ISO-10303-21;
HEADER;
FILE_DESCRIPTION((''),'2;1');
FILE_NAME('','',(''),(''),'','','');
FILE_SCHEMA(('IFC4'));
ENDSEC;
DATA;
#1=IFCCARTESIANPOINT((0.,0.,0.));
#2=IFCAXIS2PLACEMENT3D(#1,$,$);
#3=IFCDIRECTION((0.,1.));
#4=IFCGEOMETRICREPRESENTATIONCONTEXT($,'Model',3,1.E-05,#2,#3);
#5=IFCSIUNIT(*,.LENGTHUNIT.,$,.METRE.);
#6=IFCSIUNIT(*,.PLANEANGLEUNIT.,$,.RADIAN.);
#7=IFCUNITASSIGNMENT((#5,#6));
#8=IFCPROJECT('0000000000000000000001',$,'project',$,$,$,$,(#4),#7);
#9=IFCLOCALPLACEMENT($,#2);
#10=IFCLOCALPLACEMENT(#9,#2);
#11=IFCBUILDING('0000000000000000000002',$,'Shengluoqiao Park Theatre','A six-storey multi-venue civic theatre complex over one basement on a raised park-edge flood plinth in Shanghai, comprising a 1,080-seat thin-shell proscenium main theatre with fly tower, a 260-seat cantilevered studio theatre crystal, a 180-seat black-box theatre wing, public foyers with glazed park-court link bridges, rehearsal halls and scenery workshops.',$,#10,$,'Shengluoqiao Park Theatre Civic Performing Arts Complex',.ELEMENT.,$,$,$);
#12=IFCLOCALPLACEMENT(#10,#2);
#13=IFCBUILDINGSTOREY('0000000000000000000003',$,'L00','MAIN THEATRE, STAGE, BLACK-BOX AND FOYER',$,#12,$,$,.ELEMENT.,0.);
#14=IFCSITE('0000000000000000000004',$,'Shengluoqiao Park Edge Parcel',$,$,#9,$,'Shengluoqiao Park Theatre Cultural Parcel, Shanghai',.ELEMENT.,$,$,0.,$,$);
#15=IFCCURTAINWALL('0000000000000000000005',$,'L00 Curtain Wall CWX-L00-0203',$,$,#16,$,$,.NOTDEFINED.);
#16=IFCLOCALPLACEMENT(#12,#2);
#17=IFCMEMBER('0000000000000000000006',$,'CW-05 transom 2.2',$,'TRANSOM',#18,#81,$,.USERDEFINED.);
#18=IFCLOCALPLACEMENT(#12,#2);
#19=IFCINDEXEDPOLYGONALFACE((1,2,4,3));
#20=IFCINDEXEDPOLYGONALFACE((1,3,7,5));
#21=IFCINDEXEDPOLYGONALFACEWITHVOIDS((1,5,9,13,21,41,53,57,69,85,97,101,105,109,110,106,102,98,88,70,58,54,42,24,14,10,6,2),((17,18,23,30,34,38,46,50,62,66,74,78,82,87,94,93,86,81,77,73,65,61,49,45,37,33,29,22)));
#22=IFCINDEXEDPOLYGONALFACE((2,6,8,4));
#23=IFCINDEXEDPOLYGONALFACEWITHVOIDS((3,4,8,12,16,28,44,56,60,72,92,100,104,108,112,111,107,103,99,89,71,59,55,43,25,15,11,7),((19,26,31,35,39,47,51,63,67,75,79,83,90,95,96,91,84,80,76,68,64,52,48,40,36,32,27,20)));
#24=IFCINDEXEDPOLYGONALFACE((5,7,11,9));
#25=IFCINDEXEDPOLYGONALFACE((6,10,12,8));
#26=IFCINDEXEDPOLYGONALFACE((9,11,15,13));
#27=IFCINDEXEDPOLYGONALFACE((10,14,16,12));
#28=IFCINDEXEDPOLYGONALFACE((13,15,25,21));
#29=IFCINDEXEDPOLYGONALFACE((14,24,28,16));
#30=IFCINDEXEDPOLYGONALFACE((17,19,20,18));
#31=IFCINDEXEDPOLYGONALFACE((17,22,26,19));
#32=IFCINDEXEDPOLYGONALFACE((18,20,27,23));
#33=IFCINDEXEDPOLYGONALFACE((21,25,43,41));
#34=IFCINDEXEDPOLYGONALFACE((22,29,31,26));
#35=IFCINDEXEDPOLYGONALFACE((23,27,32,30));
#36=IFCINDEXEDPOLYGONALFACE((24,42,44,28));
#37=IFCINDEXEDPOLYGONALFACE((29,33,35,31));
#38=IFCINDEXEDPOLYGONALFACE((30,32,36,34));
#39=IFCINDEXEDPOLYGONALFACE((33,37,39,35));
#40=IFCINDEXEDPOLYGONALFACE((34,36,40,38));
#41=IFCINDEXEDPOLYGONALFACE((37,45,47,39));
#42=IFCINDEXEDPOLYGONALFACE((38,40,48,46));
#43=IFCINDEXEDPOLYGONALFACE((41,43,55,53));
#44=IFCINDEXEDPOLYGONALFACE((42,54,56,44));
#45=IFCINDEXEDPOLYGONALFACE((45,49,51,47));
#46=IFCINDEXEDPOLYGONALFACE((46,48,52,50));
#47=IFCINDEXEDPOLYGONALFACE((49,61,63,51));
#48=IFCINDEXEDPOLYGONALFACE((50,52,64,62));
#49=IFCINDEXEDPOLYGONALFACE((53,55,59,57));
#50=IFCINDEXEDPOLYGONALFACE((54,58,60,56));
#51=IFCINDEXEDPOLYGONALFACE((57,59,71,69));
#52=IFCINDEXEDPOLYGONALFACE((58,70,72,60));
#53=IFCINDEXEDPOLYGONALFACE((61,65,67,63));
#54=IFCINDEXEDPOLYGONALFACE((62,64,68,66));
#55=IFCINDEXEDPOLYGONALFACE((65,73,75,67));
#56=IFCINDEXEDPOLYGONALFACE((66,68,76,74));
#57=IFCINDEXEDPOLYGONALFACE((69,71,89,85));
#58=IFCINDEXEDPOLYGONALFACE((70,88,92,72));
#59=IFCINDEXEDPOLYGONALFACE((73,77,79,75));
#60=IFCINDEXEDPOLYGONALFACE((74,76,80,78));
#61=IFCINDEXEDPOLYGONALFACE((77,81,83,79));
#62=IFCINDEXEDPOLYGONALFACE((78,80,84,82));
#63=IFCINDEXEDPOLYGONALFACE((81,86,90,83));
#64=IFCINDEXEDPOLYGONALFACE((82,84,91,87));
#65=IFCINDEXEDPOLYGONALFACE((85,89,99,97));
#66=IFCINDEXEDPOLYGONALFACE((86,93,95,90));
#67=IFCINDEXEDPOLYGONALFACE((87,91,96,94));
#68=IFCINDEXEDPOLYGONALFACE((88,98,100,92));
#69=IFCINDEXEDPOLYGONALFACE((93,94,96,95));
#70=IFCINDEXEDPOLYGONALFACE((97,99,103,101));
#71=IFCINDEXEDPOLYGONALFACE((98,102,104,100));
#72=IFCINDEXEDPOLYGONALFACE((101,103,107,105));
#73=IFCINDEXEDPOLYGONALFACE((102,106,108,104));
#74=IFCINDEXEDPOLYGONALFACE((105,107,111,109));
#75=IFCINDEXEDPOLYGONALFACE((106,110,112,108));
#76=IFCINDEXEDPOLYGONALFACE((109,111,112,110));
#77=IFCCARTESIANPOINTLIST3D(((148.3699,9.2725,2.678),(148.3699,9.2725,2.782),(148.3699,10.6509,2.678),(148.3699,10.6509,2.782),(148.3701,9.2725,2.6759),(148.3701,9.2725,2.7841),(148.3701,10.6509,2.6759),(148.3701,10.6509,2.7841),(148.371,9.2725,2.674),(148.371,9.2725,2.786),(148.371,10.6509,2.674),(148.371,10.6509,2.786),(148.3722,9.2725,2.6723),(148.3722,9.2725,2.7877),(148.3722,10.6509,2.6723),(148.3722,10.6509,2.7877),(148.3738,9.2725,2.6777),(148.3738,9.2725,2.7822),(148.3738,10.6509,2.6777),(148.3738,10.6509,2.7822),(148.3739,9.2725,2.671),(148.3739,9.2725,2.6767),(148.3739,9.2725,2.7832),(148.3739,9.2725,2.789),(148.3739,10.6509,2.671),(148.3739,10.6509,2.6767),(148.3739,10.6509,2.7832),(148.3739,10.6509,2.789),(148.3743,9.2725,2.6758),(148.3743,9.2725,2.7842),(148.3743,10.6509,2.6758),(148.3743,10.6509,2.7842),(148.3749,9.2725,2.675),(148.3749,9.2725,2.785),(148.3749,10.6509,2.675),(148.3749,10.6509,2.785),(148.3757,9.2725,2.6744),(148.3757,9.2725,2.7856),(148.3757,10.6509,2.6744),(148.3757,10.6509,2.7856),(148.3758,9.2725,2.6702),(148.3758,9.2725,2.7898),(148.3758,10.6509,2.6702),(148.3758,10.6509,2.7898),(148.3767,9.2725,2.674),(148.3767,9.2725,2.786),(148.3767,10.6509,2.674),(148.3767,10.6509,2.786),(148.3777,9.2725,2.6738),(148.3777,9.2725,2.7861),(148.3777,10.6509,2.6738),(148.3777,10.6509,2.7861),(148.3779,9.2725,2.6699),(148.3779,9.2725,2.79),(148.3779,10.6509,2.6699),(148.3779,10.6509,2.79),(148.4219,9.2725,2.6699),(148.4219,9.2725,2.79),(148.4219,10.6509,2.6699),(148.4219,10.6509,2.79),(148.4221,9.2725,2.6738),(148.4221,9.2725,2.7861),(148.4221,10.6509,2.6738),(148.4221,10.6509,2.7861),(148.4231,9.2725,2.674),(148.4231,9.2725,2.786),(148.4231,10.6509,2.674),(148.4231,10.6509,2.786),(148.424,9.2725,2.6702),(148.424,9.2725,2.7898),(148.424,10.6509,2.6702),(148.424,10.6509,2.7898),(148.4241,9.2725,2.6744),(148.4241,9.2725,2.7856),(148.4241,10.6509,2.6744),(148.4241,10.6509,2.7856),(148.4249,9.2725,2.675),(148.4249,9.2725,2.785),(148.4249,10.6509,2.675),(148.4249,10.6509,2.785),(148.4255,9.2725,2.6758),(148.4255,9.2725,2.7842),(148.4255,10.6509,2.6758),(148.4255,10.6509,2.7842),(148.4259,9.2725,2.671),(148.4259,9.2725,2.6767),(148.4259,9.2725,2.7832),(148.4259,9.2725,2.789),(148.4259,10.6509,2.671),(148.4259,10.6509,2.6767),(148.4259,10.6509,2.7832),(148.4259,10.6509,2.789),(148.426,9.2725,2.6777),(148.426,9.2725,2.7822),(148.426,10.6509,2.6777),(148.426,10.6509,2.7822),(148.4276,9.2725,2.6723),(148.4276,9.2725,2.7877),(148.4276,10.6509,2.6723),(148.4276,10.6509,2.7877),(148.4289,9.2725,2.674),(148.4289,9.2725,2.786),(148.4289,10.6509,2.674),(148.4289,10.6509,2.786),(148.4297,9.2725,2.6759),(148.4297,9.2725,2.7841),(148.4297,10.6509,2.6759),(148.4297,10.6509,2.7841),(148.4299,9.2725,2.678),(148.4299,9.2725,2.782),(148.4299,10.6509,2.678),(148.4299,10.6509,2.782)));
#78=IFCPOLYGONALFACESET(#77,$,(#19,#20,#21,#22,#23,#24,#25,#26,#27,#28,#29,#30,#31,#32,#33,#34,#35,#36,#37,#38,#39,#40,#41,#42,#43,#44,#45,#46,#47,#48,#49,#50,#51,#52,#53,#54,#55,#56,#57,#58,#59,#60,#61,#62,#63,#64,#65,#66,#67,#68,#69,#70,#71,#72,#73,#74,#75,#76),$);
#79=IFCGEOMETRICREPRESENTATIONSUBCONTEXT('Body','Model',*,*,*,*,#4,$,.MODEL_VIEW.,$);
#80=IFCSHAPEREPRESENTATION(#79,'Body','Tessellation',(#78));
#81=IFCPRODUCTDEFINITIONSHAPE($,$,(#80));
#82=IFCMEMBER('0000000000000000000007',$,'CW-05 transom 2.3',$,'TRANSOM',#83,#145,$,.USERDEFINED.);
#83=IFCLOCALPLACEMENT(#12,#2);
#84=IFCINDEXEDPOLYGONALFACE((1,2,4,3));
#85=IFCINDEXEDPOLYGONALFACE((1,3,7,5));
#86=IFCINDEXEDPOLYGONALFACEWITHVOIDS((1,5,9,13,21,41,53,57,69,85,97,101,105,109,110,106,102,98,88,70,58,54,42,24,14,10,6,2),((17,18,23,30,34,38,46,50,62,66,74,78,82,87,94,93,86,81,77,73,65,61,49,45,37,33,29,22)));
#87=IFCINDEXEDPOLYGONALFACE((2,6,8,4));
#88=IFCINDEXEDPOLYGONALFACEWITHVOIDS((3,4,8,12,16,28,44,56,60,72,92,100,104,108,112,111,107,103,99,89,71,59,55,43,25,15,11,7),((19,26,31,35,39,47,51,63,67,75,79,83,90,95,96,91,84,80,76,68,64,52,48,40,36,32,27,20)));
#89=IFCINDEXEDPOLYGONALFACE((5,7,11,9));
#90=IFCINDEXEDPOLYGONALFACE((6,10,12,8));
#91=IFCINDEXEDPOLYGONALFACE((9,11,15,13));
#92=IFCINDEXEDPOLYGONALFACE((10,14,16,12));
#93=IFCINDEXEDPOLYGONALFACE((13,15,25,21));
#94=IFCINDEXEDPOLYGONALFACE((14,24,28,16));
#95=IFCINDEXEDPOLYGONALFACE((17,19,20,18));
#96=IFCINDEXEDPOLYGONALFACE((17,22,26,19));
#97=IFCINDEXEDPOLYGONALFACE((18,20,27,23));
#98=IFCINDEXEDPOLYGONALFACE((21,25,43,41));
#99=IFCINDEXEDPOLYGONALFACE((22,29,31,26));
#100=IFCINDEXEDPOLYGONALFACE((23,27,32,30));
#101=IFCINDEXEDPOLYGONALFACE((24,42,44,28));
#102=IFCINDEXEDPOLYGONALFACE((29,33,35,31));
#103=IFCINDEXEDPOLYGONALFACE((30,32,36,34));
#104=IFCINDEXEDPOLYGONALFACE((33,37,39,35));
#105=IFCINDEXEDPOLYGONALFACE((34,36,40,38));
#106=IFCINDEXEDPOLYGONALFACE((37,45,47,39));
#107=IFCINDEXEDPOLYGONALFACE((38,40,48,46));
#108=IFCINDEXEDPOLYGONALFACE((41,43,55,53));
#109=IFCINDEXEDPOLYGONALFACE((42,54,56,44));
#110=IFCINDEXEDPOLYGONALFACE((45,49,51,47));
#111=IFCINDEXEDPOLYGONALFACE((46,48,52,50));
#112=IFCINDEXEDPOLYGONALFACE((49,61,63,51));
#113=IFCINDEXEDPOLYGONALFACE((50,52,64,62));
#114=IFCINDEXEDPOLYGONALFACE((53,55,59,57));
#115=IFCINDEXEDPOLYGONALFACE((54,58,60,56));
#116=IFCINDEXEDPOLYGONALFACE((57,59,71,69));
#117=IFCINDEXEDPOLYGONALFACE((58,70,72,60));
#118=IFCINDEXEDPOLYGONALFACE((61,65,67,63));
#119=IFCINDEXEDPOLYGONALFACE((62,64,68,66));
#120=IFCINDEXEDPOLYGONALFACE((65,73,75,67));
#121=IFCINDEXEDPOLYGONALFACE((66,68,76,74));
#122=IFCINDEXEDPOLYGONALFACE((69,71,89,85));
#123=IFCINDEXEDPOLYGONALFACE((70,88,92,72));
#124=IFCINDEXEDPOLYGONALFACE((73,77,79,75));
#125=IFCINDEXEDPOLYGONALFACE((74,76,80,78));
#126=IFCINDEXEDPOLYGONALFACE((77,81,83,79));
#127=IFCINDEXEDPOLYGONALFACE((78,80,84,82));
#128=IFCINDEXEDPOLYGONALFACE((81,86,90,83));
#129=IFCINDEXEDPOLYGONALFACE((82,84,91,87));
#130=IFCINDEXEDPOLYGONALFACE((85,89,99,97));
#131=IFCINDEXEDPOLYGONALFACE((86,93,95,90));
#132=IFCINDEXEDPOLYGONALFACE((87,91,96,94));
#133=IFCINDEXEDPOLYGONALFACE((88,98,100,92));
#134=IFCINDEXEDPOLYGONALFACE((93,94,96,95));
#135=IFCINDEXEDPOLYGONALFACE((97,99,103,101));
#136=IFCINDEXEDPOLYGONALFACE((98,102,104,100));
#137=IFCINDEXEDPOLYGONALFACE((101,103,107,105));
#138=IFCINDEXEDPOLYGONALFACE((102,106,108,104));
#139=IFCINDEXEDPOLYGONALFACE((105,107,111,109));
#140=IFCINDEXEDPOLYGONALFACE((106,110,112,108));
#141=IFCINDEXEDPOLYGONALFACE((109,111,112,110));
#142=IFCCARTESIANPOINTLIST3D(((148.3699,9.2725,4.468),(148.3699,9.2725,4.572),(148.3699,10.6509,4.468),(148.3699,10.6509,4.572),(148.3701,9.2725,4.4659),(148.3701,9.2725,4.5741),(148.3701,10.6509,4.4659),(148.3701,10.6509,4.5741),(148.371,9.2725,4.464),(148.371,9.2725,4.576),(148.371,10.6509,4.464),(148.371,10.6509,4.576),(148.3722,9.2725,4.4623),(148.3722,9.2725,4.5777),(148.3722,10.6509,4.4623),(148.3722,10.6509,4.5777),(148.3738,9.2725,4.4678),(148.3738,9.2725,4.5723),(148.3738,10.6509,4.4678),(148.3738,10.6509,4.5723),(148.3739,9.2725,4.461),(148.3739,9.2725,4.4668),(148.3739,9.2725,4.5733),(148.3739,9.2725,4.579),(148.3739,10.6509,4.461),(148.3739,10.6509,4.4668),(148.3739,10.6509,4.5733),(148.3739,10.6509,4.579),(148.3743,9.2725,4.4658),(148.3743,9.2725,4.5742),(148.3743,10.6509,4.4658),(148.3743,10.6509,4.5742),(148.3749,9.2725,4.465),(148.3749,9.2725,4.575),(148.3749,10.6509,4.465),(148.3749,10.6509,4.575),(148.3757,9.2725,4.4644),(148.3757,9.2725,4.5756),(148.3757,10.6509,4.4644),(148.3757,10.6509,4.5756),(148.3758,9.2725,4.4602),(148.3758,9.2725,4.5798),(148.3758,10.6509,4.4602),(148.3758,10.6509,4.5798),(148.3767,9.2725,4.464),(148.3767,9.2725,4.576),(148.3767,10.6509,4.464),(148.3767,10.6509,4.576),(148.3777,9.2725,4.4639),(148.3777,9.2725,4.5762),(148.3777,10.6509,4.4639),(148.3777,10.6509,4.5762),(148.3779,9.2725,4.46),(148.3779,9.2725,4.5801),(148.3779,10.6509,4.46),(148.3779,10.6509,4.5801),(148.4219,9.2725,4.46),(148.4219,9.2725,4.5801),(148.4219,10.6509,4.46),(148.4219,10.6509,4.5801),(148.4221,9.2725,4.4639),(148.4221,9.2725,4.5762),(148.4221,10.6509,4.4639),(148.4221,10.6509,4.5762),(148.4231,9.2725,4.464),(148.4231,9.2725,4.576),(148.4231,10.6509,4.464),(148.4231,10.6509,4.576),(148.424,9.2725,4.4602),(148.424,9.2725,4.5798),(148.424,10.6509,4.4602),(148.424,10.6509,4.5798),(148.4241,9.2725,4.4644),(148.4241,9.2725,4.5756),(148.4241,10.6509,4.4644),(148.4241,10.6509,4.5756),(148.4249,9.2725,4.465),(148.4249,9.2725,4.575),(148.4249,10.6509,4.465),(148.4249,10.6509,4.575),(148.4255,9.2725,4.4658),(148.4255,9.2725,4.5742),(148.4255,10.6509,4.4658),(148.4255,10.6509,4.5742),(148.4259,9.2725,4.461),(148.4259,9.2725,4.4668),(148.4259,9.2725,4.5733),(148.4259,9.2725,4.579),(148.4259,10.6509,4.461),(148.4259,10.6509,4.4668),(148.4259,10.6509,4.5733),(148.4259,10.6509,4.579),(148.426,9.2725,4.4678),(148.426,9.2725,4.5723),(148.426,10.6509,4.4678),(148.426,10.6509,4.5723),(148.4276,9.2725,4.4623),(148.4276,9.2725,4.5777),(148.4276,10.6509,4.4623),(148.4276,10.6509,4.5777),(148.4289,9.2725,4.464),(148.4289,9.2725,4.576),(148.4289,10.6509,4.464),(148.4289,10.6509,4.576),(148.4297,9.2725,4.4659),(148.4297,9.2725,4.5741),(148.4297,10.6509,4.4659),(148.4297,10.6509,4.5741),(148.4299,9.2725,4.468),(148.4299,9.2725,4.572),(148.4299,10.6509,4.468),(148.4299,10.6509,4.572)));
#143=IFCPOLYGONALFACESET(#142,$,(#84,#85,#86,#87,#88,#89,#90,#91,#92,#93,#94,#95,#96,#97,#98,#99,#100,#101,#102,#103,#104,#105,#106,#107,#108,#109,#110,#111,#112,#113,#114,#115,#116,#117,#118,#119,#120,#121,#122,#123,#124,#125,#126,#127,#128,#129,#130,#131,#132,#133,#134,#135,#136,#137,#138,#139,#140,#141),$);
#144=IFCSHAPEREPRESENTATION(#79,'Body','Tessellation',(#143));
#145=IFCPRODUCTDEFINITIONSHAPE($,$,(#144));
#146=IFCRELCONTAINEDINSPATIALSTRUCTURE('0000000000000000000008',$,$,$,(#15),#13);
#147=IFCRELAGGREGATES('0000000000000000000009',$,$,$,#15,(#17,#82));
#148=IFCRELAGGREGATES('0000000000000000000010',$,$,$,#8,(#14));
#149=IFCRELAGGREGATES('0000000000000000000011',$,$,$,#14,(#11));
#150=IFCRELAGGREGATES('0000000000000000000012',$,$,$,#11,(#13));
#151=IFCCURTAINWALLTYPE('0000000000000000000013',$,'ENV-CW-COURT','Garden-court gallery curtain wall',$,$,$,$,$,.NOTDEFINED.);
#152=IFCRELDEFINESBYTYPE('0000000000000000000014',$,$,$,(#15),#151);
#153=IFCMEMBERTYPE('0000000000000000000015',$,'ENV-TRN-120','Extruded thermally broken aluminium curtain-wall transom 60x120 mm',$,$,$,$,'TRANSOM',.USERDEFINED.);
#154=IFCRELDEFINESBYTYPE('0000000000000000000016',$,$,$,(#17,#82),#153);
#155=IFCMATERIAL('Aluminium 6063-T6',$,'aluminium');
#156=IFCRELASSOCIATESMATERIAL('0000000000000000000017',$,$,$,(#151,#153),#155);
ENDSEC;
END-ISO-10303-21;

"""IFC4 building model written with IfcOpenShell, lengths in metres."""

from ifc_helpers import new_model, si_unit, direction, frame, origin, origin_2d, place, context, subcontext, project, spatial, hollow_rectangle, extrude, material, material_profile, profile_set, type_object, element, aggregate, save


model = new_model("IFC4")

# Units and contexts
model_context = context("Model", 3, precision=1e-05, world=origin(), true_north=direction((0.0, 1.0)))
body_context = subcontext(model_context, "Body", "Model", "MODEL_VIEW")
ifc_project = project(units=[si_unit("LENGTHUNIT", "METRE"), si_unit("PLANEANGLEUNIT", "RADIAN")], contexts=[model_context])

# Site, building, storey
site_placement = place(None, origin())
site = spatial("IfcSite", under=ifc_project, at=site_placement, Name="Shengluoqiao Park Edge Parcel", LongName="Shengluoqiao Park Theatre Cultural Parcel, Shanghai", CompositionType="ELEMENT", RefElevation=0.0)
building_placement = place(site_placement, origin())
building = spatial("IfcBuilding", under=site, at=building_placement, Name="Shengluoqiao Park Theatre", Description="A six-storey multi-venue civic theatre complex over one basement on a raised park-edge flood plinth in Shanghai, comprising a 1,080-seat thin-shell proscenium main theatre with fly tower, a 260-seat cantilevered studio theatre crystal, a 180-seat black-box theatre wing, public foyers with glazed park-court link bridges, rehearsal halls and scenery workshops.", LongName="Shengluoqiao Park Theatre Civic Performing Arts Complex", CompositionType="ELEMENT")
storey_placement = place(building_placement, origin())
storey = spatial("IfcBuildingStorey", under=building, at=storey_placement, Name="L00", Description="MAIN THEATRE, STAGE, BLACK-BOX AND FOYER", CompositionType="ELEMENT", Elevation=0.0)

# Curtain wall, members
ifc_material_1 = material(Name="Aluminium 6063-T6", Category="aluminium")
curtain_wall_type = type_object("IfcCurtainWallType", Name="ENV-CW-COURT", Description="Garden-court gallery curtain wall", PredefinedType="NOTDEFINED", material=ifc_material_1)
curtain_wall_placement = place(storey_placement, origin())
curtain_wall = element("IfcCurtainWall", 1, at=curtain_wall_placement, inside=storey, type_object=curtain_wall_type, Name="L00 Curtain Wall CWX-L00-0203", PredefinedType="NOTDEFINED")
ifc_material_profile_1 = material_profile(ifc_material_1, hollow_rectangle(XDim=0.0601, YDim=0.1201, WallThickness=0.0039, InnerFilletRadius=0.0039, OuterFilletRadius=0.0081, at=origin_2d()), Name="ALU TRANSOM 120x60x4")
ifc_profile_set_1 = profile_set([ifc_material_profile_1], Name="Aluminium 6063-T6")
member_type_1 = type_object("IfcMemberType", Name="ENV-TRN-120", Description="Extruded thermally broken aluminium curtain-wall transom 60x120 mm", ElementType="TRANSOM", PredefinedType="USERDEFINED", material=ifc_profile_set_1)
member_1_placement = place(storey_placement, frame((148.3999, 9.2725, 2.73), z_axis=(0.0, 1.0, 0.0), x_axis=(-1.0, 0.0, 0.0)))
member_1 = element("IfcMember", 2, at=member_1_placement, type_object=member_type_1, Name="CW-05 transom 2.2", ObjectType="TRANSOM", PredefinedType="USERDEFINED", context=body_context, shape_type="SweptSolid", body=[
    extrude(hollow_rectangle(XDim=0.0601, YDim=0.1201, WallThickness=0.0039, InnerFilletRadius=0.0039, OuterFilletRadius=0.0081, at=origin_2d()), origin(), (0.0, 0.0, 1.0), 1.3784),
])
member_2_placement = place(storey_placement, frame((148.3999, 9.2725, 4.52), z_axis=(0.0, 1.0, 0.0), x_axis=(-1.0, 0.0, 0.0)))
member_2 = element("IfcMember", 3, at=member_2_placement, type_object=member_type_1, Name="CW-05 transom 2.3", ObjectType="TRANSOM", PredefinedType="USERDEFINED", context=body_context, shape_type="SweptSolid", body=[
    extrude(hollow_rectangle(XDim=0.0601, YDim=0.1201, WallThickness=0.0039, InnerFilletRadius=0.0039, OuterFilletRadius=0.0081, at=origin_2d()), origin(), (0.0, 0.0, 1.0), 1.3784),
])
aggregate(curtain_wall, [member_1, member_2])

save(model, "model.ifc")
